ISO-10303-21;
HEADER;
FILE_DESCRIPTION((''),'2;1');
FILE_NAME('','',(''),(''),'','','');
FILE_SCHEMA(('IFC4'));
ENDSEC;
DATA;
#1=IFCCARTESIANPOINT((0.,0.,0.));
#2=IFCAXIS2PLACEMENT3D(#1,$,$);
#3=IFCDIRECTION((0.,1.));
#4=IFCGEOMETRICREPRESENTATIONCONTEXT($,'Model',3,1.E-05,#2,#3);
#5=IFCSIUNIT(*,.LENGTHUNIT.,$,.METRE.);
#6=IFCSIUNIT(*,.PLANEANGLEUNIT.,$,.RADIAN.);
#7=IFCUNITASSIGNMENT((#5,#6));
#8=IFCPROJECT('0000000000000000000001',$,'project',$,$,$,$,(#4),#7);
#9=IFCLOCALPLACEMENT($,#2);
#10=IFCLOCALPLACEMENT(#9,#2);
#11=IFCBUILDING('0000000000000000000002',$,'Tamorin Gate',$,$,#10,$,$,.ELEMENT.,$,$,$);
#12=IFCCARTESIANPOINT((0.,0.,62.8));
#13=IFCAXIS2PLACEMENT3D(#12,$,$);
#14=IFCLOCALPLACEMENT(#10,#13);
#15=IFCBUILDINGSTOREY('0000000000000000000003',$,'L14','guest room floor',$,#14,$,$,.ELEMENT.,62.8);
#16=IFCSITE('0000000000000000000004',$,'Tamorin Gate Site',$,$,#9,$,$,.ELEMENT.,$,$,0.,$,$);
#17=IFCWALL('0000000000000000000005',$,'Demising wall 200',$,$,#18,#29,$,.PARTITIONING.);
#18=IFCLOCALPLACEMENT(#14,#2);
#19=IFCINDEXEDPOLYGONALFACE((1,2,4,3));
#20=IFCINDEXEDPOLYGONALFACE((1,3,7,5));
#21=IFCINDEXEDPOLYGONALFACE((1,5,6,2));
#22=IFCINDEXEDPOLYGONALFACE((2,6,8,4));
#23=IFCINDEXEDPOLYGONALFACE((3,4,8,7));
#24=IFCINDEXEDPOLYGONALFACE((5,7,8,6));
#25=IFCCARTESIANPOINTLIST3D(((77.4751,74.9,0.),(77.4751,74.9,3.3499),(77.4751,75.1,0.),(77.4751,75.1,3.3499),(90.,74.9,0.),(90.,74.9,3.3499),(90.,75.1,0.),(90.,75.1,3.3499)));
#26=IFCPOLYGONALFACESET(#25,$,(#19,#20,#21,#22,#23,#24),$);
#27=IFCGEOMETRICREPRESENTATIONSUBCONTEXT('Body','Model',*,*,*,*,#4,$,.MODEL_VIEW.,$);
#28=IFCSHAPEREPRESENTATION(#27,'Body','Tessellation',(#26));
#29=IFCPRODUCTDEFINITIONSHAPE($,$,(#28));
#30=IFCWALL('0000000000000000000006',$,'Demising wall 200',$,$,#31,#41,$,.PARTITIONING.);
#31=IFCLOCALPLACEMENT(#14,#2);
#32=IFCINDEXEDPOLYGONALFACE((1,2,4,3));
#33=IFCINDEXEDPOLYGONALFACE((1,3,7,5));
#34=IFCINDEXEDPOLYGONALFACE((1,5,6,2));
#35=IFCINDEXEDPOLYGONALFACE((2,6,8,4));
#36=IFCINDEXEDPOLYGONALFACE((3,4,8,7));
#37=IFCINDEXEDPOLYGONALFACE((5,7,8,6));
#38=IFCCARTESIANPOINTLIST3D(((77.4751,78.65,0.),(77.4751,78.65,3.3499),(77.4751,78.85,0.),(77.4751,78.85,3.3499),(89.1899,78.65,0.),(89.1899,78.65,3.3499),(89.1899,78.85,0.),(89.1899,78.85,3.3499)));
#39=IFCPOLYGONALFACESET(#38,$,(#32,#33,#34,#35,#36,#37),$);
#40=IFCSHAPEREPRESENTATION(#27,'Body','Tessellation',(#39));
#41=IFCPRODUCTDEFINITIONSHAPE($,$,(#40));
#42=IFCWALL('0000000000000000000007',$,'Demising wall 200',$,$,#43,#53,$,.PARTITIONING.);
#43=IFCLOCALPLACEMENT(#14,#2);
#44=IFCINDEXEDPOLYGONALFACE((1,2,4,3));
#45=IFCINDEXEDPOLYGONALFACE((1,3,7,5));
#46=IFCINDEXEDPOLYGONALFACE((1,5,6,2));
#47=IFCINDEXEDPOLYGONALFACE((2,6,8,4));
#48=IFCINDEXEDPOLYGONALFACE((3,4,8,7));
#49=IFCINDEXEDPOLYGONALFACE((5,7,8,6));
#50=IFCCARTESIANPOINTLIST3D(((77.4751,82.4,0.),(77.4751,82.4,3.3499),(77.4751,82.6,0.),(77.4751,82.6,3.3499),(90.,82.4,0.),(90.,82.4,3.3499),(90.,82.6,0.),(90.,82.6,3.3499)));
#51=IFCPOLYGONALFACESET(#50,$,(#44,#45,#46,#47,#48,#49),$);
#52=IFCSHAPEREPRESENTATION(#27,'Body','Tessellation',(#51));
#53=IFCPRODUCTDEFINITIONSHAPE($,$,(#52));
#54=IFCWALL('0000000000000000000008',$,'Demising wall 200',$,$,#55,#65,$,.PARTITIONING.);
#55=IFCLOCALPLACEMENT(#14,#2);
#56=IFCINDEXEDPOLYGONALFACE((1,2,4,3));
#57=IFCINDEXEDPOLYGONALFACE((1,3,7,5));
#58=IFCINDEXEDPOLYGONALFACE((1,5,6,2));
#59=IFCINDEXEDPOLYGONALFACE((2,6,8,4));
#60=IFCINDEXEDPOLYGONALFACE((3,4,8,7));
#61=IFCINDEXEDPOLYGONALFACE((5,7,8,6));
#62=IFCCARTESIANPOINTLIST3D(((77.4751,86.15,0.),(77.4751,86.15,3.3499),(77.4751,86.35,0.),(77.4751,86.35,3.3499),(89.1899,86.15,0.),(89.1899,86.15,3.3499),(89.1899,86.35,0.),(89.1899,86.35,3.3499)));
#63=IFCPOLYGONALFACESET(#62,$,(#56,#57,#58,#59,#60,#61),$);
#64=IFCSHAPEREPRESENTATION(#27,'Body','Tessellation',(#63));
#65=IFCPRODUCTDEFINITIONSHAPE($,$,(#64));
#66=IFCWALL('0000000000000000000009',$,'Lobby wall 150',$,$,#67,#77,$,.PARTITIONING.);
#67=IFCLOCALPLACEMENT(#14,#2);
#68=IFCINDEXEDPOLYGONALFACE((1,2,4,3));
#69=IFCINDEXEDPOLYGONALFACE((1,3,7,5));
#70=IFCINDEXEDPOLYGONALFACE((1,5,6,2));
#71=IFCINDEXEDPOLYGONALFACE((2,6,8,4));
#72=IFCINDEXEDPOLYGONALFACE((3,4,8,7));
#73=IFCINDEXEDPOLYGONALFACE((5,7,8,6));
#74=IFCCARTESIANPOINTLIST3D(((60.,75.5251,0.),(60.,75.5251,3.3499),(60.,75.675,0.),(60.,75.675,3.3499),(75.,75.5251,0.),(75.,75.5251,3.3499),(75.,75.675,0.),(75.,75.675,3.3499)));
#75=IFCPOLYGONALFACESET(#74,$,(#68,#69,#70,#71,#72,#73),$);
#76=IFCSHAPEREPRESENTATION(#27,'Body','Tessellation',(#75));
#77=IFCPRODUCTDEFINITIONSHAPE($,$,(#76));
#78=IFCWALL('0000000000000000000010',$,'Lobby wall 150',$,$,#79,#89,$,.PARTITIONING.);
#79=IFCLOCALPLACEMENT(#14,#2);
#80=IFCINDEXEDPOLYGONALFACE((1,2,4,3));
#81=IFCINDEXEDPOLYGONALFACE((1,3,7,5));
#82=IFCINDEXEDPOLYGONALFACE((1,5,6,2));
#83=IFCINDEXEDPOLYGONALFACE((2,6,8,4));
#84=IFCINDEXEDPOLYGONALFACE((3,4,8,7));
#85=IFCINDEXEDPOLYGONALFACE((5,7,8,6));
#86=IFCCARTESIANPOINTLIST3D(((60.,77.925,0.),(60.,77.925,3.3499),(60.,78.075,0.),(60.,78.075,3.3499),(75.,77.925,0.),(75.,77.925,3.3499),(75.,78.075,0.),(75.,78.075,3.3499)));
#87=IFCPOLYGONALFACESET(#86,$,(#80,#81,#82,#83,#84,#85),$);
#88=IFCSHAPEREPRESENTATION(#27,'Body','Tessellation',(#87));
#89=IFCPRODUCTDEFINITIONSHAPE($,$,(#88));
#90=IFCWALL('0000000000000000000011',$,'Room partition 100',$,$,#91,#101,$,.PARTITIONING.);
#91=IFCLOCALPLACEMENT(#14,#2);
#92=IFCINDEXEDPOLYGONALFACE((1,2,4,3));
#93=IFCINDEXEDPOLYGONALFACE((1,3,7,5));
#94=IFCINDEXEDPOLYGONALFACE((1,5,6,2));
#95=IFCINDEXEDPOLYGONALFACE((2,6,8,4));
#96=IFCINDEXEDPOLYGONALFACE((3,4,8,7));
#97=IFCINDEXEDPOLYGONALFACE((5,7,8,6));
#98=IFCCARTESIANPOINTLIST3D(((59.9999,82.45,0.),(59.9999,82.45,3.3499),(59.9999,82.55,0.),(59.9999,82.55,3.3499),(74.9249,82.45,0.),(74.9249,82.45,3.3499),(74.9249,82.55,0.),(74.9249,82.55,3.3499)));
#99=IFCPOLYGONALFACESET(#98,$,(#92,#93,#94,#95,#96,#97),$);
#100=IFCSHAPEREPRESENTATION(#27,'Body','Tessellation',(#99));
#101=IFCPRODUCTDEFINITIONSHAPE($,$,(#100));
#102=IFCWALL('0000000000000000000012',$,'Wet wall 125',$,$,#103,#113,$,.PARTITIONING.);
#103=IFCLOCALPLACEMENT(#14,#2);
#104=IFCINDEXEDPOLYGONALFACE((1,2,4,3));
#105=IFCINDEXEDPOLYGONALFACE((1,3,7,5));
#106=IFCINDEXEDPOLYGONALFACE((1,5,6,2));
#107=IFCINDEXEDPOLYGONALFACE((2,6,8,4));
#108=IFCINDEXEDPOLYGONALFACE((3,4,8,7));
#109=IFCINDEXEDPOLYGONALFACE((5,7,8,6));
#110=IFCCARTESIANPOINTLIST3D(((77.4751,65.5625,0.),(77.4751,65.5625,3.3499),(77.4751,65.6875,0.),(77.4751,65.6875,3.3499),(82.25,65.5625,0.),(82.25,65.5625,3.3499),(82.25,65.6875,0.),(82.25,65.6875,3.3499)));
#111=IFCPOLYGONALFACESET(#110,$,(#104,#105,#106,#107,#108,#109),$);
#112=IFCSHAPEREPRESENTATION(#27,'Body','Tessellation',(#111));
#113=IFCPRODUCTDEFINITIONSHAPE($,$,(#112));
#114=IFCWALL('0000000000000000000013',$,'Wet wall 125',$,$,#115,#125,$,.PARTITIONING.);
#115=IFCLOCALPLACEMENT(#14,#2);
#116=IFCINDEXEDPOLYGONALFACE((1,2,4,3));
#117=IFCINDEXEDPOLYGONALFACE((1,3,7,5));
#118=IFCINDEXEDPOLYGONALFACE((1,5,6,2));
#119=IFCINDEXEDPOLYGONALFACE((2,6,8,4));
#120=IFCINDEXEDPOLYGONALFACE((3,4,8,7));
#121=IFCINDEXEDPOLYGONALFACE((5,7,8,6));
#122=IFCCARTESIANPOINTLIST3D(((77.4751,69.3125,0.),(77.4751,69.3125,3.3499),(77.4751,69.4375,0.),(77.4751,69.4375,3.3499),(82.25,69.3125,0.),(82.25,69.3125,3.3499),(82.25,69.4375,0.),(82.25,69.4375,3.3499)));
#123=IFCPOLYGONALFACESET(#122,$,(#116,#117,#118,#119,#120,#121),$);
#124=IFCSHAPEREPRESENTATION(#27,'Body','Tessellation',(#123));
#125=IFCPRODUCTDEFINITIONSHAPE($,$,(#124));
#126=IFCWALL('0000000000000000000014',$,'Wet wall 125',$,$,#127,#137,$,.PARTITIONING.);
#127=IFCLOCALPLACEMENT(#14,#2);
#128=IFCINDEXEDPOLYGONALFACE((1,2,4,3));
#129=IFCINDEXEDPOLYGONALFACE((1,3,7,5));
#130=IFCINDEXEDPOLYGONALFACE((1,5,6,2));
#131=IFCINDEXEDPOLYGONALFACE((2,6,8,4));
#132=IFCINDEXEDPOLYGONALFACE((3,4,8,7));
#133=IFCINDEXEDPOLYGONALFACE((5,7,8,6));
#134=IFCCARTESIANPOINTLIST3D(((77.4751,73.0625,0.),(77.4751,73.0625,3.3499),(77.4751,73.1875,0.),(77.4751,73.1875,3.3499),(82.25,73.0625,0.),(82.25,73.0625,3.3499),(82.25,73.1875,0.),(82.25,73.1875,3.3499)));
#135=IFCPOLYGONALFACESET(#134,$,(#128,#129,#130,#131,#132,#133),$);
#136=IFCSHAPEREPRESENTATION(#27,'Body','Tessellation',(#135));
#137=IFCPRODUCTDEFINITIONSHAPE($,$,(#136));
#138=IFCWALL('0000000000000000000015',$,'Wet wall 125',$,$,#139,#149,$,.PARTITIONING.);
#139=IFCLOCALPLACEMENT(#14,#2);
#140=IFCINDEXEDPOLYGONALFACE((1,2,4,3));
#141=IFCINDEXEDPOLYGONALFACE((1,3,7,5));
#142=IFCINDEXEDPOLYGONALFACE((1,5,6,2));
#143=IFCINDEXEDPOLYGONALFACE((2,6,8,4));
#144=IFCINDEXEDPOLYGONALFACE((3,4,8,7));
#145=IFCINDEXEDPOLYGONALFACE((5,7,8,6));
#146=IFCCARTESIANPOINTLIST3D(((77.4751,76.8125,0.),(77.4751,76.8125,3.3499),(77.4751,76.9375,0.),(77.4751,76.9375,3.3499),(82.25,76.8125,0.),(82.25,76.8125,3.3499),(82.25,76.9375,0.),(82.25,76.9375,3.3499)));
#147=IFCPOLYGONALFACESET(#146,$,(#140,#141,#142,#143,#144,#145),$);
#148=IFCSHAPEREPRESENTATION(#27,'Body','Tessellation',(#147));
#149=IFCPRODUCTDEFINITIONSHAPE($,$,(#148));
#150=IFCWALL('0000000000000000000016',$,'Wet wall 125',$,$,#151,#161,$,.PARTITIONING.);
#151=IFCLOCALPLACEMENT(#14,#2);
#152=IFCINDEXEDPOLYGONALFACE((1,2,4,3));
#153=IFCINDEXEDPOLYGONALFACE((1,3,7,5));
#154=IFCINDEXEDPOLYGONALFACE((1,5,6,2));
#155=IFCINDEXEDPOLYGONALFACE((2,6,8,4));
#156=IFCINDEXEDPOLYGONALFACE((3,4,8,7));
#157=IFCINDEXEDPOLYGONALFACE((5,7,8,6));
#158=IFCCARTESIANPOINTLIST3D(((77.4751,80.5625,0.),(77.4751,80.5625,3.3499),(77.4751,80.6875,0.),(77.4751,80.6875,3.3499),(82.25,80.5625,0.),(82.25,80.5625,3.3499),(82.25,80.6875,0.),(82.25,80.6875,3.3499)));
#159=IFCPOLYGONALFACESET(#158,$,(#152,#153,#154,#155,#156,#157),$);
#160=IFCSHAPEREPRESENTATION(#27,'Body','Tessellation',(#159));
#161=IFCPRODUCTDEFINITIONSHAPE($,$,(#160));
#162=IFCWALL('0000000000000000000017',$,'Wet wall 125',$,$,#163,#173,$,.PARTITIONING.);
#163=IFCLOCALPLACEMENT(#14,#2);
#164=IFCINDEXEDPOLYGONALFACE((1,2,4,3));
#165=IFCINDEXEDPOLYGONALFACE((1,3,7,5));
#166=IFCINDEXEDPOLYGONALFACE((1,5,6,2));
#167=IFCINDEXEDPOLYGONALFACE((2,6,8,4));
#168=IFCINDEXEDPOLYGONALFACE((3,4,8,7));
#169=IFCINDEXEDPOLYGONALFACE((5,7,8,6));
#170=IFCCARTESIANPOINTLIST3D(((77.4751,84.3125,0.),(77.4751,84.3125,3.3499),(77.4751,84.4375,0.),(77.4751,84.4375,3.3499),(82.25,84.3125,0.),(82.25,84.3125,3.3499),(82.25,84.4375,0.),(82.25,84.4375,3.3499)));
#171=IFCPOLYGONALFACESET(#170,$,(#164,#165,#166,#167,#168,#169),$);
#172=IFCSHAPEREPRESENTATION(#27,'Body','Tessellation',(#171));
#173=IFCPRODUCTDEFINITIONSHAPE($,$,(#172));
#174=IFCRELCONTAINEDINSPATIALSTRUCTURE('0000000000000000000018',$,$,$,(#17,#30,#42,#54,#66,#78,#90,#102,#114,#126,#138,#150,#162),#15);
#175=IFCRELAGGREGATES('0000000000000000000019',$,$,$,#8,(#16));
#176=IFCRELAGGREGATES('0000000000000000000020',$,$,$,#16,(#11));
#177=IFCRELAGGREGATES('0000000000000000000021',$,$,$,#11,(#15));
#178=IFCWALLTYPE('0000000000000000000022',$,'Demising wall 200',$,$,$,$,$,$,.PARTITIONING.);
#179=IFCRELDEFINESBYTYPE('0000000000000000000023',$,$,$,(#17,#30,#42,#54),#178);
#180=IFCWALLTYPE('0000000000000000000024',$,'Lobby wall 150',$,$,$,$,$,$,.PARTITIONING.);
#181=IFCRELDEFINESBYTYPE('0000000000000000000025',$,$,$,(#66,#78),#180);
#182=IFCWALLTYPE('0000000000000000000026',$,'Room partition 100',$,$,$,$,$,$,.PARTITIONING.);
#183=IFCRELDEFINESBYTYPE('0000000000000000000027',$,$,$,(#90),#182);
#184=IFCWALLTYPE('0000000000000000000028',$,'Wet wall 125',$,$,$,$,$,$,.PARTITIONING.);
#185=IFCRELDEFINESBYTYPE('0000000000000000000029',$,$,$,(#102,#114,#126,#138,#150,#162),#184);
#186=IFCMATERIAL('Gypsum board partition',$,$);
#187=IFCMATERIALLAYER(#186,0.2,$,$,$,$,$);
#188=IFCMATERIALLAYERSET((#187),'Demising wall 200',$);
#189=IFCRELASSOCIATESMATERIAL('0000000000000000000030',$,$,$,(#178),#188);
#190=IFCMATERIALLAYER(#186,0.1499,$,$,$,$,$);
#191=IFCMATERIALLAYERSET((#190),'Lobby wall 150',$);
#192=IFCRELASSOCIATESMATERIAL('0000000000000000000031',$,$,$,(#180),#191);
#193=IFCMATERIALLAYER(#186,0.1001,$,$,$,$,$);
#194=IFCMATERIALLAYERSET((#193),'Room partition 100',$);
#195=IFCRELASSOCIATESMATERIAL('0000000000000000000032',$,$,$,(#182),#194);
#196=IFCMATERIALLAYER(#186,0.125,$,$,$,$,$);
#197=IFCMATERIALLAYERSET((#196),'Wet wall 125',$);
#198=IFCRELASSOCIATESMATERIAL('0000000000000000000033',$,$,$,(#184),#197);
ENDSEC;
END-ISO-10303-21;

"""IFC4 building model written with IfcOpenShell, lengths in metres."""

from ifc_helpers import new_model, si_unit, direction, frame, frame_2d, origin, place, context, subcontext, project, spatial, rectangle, extrude, material, layer, layer_set, type_object, element, save


model = new_model("IFC4")

# Units and contexts
model_context = context("Model", 3, precision=1e-05, world=origin(), true_north=direction((0.0, 1.0)))
body_context = subcontext(model_context, "Body", "Model", "MODEL_VIEW")
ifc_project = project(units=[si_unit("LENGTHUNIT", "METRE"), si_unit("PLANEANGLEUNIT", "RADIAN")], contexts=[model_context])

# Site, building, storey
site_placement = place(None, origin())
site = spatial("IfcSite", under=ifc_project, at=site_placement, Name="Tamorin Gate Site", CompositionType="ELEMENT", RefElevation=0.0)
building_placement = place(site_placement, origin())
building = spatial("IfcBuilding", under=site, at=building_placement, Name="Tamorin Gate", CompositionType="ELEMENT")
storey_placement = place(building_placement, frame((0.0, 0.0, 62.8)))
storey = spatial("IfcBuildingStorey", under=building, at=storey_placement, Name="L14", Description="guest room floor", CompositionType="ELEMENT", Elevation=62.8)

# Shared definitions
ifc_material_1 = material(Name="Gypsum board partition")

# Walls
ifc_layer_1 = layer(ifc_material_1, 0.2)
ifc_layer_set_1 = layer_set([ifc_layer_1], Name="Demising wall 200")
wall_type_1 = type_object("IfcWallType", Name="Demising wall 200", PredefinedType="PARTITIONING", material=ifc_layer_set_1)
wall_1_placement = place(storey_placement, frame((77.4751, 75.0, 0.0), z_axis=(0.0, 0.0, 1.0), x_axis=(1.0, 0.0, 0.0)))
element("IfcWall", 1, at=wall_1_placement, inside=storey, type_object=wall_type_1, Name="Demising wall 200", PredefinedType="PARTITIONING", context=body_context, shape_type="SweptSolid", body=[
    extrude(rectangle(XDim=12.5249, YDim=0.2, at=frame_2d((6.2625, 0.0))), origin(), (0.0, 0.0, 1.0), 3.3499),
])
wall_2_placement = place(storey_placement, frame((77.4751, 78.75, 0.0), z_axis=(0.0, 0.0, 1.0), x_axis=(1.0, 0.0, 0.0)))
element("IfcWall", 2, at=wall_2_placement, inside=storey, type_object=wall_type_1, Name="Demising wall 200", PredefinedType="PARTITIONING", context=body_context, shape_type="SweptSolid", body=[
    extrude(rectangle(XDim=11.7148, YDim=0.2, at=frame_2d((5.8574, 0.0))), origin(), (0.0, 0.0, 1.0), 3.3499),
])
wall_3_placement = place(storey_placement, frame((77.4751, 82.5, 0.0), z_axis=(0.0, 0.0, 1.0), x_axis=(1.0, 0.0, 0.0)))
element("IfcWall", 3, at=wall_3_placement, inside=storey, type_object=wall_type_1, Name="Demising wall 200", PredefinedType="PARTITIONING", context=body_context, shape_type="SweptSolid", body=[
    extrude(rectangle(XDim=12.5249, YDim=0.2, at=frame_2d((6.2625, 0.0))), origin(), (0.0, 0.0, 1.0), 3.3499),
])
wall_4_placement = place(storey_placement, frame((77.4751, 86.25, 0.0), z_axis=(0.0, 0.0, 1.0), x_axis=(1.0, 0.0, 0.0)))
element("IfcWall", 4, at=wall_4_placement, inside=storey, type_object=wall_type_1, Name="Demising wall 200", PredefinedType="PARTITIONING", context=body_context, shape_type="SweptSolid", body=[
    extrude(rectangle(XDim=11.7148, YDim=0.2, at=frame_2d((5.8574, 0.0))), origin(), (0.0, 0.0, 1.0), 3.3499),
])
ifc_layer_2 = layer(ifc_material_1, 0.1499)
ifc_layer_set_2 = layer_set([ifc_layer_2], Name="Lobby wall 150")
wall_type_2 = type_object("IfcWallType", Name="Lobby wall 150", PredefinedType="PARTITIONING", material=ifc_layer_set_2)
for number, where, z_axis, x_axis, name in (
    (5, (60.0, 75.6001, 0.0), (0.0, 0.0, 1.0), (1.0, 0.0, 0.0), "Lobby wall 150"),
    (6, (60.0, 78.0, 0.0), (0.0, 0.0, 1.0), (1.0, 0.0, 0.0), "Lobby wall 150"),
):
    element("IfcWall", number, at=place(storey_placement, frame(where, z_axis=z_axis, x_axis=x_axis)), inside=storey, type_object=wall_type_2, Name=name, PredefinedType="PARTITIONING", context=body_context, shape_type="SweptSolid", body=[
        extrude(rectangle(XDim=15.0, YDim=0.1499, at=frame_2d((7.5, 0.0))), origin(), (0.0, 0.0, 1.0), 3.3499),
    ])
ifc_layer_3 = layer(ifc_material_1, 0.1001)
ifc_layer_set_3 = layer_set([ifc_layer_3], Name="Room partition 100")
wall_type_3 = type_object("IfcWallType", Name="Room partition 100", PredefinedType="PARTITIONING", material=ifc_layer_set_3)
wall_5_placement = place(storey_placement, frame((60.0, 82.5, 0.0), z_axis=(0.0, 0.0, 1.0), x_axis=(1.0, 0.0, 0.0)))
element("IfcWall", 7, at=wall_5_placement, inside=storey, type_object=wall_type_3, Name="Room partition 100", PredefinedType="PARTITIONING", context=body_context, shape_type="SweptSolid", body=[
    extrude(rectangle(XDim=14.925, YDim=0.1001, at=frame_2d((7.4624, 0.0))), origin(), (0.0, 0.0, 1.0), 3.3499),
])
ifc_layer_4 = layer(ifc_material_1, 0.125)
ifc_layer_set_4 = layer_set([ifc_layer_4], Name="Wet wall 125")
wall_type_4 = type_object("IfcWallType", Name="Wet wall 125", PredefinedType="PARTITIONING", material=ifc_layer_set_4)
for number, where, z_axis, x_axis, name in (
    (8, (77.4751, 65.625, 0.0), (0.0, 0.0, 1.0), (1.0, 0.0, 0.0), "Wet wall 125"),
    (9, (77.4751, 69.375, 0.0), (0.0, 0.0, 1.0), (1.0, 0.0, 0.0), "Wet wall 125"),
    (10, (77.4751, 73.125, 0.0), (0.0, 0.0, 1.0), (1.0, 0.0, 0.0), "Wet wall 125"),
    (11, (77.4751, 76.875, 0.0), (0.0, 0.0, 1.0), (1.0, 0.0, 0.0), "Wet wall 125"),
    (12, (77.4751, 80.625, 0.0), (0.0, 0.0, 1.0), (1.0, 0.0, 0.0), "Wet wall 125"),
    (13, (77.4751, 84.375, 0.0), (0.0, 0.0, 1.0), (1.0, 0.0, 0.0), "Wet wall 125"),
):
    element("IfcWall", number, at=place(storey_placement, frame(where, z_axis=z_axis, x_axis=x_axis)), inside=storey, type_object=wall_type_4, Name=name, PredefinedType="PARTITIONING", context=body_context, shape_type="SweptSolid", body=[
        extrude(rectangle(XDim=4.7749, YDim=0.125, at=frame_2d((2.3875, 0.0))), origin(), (0.0, 0.0, 1.0), 3.3499),
    ])

save(model, "model.ifc")
